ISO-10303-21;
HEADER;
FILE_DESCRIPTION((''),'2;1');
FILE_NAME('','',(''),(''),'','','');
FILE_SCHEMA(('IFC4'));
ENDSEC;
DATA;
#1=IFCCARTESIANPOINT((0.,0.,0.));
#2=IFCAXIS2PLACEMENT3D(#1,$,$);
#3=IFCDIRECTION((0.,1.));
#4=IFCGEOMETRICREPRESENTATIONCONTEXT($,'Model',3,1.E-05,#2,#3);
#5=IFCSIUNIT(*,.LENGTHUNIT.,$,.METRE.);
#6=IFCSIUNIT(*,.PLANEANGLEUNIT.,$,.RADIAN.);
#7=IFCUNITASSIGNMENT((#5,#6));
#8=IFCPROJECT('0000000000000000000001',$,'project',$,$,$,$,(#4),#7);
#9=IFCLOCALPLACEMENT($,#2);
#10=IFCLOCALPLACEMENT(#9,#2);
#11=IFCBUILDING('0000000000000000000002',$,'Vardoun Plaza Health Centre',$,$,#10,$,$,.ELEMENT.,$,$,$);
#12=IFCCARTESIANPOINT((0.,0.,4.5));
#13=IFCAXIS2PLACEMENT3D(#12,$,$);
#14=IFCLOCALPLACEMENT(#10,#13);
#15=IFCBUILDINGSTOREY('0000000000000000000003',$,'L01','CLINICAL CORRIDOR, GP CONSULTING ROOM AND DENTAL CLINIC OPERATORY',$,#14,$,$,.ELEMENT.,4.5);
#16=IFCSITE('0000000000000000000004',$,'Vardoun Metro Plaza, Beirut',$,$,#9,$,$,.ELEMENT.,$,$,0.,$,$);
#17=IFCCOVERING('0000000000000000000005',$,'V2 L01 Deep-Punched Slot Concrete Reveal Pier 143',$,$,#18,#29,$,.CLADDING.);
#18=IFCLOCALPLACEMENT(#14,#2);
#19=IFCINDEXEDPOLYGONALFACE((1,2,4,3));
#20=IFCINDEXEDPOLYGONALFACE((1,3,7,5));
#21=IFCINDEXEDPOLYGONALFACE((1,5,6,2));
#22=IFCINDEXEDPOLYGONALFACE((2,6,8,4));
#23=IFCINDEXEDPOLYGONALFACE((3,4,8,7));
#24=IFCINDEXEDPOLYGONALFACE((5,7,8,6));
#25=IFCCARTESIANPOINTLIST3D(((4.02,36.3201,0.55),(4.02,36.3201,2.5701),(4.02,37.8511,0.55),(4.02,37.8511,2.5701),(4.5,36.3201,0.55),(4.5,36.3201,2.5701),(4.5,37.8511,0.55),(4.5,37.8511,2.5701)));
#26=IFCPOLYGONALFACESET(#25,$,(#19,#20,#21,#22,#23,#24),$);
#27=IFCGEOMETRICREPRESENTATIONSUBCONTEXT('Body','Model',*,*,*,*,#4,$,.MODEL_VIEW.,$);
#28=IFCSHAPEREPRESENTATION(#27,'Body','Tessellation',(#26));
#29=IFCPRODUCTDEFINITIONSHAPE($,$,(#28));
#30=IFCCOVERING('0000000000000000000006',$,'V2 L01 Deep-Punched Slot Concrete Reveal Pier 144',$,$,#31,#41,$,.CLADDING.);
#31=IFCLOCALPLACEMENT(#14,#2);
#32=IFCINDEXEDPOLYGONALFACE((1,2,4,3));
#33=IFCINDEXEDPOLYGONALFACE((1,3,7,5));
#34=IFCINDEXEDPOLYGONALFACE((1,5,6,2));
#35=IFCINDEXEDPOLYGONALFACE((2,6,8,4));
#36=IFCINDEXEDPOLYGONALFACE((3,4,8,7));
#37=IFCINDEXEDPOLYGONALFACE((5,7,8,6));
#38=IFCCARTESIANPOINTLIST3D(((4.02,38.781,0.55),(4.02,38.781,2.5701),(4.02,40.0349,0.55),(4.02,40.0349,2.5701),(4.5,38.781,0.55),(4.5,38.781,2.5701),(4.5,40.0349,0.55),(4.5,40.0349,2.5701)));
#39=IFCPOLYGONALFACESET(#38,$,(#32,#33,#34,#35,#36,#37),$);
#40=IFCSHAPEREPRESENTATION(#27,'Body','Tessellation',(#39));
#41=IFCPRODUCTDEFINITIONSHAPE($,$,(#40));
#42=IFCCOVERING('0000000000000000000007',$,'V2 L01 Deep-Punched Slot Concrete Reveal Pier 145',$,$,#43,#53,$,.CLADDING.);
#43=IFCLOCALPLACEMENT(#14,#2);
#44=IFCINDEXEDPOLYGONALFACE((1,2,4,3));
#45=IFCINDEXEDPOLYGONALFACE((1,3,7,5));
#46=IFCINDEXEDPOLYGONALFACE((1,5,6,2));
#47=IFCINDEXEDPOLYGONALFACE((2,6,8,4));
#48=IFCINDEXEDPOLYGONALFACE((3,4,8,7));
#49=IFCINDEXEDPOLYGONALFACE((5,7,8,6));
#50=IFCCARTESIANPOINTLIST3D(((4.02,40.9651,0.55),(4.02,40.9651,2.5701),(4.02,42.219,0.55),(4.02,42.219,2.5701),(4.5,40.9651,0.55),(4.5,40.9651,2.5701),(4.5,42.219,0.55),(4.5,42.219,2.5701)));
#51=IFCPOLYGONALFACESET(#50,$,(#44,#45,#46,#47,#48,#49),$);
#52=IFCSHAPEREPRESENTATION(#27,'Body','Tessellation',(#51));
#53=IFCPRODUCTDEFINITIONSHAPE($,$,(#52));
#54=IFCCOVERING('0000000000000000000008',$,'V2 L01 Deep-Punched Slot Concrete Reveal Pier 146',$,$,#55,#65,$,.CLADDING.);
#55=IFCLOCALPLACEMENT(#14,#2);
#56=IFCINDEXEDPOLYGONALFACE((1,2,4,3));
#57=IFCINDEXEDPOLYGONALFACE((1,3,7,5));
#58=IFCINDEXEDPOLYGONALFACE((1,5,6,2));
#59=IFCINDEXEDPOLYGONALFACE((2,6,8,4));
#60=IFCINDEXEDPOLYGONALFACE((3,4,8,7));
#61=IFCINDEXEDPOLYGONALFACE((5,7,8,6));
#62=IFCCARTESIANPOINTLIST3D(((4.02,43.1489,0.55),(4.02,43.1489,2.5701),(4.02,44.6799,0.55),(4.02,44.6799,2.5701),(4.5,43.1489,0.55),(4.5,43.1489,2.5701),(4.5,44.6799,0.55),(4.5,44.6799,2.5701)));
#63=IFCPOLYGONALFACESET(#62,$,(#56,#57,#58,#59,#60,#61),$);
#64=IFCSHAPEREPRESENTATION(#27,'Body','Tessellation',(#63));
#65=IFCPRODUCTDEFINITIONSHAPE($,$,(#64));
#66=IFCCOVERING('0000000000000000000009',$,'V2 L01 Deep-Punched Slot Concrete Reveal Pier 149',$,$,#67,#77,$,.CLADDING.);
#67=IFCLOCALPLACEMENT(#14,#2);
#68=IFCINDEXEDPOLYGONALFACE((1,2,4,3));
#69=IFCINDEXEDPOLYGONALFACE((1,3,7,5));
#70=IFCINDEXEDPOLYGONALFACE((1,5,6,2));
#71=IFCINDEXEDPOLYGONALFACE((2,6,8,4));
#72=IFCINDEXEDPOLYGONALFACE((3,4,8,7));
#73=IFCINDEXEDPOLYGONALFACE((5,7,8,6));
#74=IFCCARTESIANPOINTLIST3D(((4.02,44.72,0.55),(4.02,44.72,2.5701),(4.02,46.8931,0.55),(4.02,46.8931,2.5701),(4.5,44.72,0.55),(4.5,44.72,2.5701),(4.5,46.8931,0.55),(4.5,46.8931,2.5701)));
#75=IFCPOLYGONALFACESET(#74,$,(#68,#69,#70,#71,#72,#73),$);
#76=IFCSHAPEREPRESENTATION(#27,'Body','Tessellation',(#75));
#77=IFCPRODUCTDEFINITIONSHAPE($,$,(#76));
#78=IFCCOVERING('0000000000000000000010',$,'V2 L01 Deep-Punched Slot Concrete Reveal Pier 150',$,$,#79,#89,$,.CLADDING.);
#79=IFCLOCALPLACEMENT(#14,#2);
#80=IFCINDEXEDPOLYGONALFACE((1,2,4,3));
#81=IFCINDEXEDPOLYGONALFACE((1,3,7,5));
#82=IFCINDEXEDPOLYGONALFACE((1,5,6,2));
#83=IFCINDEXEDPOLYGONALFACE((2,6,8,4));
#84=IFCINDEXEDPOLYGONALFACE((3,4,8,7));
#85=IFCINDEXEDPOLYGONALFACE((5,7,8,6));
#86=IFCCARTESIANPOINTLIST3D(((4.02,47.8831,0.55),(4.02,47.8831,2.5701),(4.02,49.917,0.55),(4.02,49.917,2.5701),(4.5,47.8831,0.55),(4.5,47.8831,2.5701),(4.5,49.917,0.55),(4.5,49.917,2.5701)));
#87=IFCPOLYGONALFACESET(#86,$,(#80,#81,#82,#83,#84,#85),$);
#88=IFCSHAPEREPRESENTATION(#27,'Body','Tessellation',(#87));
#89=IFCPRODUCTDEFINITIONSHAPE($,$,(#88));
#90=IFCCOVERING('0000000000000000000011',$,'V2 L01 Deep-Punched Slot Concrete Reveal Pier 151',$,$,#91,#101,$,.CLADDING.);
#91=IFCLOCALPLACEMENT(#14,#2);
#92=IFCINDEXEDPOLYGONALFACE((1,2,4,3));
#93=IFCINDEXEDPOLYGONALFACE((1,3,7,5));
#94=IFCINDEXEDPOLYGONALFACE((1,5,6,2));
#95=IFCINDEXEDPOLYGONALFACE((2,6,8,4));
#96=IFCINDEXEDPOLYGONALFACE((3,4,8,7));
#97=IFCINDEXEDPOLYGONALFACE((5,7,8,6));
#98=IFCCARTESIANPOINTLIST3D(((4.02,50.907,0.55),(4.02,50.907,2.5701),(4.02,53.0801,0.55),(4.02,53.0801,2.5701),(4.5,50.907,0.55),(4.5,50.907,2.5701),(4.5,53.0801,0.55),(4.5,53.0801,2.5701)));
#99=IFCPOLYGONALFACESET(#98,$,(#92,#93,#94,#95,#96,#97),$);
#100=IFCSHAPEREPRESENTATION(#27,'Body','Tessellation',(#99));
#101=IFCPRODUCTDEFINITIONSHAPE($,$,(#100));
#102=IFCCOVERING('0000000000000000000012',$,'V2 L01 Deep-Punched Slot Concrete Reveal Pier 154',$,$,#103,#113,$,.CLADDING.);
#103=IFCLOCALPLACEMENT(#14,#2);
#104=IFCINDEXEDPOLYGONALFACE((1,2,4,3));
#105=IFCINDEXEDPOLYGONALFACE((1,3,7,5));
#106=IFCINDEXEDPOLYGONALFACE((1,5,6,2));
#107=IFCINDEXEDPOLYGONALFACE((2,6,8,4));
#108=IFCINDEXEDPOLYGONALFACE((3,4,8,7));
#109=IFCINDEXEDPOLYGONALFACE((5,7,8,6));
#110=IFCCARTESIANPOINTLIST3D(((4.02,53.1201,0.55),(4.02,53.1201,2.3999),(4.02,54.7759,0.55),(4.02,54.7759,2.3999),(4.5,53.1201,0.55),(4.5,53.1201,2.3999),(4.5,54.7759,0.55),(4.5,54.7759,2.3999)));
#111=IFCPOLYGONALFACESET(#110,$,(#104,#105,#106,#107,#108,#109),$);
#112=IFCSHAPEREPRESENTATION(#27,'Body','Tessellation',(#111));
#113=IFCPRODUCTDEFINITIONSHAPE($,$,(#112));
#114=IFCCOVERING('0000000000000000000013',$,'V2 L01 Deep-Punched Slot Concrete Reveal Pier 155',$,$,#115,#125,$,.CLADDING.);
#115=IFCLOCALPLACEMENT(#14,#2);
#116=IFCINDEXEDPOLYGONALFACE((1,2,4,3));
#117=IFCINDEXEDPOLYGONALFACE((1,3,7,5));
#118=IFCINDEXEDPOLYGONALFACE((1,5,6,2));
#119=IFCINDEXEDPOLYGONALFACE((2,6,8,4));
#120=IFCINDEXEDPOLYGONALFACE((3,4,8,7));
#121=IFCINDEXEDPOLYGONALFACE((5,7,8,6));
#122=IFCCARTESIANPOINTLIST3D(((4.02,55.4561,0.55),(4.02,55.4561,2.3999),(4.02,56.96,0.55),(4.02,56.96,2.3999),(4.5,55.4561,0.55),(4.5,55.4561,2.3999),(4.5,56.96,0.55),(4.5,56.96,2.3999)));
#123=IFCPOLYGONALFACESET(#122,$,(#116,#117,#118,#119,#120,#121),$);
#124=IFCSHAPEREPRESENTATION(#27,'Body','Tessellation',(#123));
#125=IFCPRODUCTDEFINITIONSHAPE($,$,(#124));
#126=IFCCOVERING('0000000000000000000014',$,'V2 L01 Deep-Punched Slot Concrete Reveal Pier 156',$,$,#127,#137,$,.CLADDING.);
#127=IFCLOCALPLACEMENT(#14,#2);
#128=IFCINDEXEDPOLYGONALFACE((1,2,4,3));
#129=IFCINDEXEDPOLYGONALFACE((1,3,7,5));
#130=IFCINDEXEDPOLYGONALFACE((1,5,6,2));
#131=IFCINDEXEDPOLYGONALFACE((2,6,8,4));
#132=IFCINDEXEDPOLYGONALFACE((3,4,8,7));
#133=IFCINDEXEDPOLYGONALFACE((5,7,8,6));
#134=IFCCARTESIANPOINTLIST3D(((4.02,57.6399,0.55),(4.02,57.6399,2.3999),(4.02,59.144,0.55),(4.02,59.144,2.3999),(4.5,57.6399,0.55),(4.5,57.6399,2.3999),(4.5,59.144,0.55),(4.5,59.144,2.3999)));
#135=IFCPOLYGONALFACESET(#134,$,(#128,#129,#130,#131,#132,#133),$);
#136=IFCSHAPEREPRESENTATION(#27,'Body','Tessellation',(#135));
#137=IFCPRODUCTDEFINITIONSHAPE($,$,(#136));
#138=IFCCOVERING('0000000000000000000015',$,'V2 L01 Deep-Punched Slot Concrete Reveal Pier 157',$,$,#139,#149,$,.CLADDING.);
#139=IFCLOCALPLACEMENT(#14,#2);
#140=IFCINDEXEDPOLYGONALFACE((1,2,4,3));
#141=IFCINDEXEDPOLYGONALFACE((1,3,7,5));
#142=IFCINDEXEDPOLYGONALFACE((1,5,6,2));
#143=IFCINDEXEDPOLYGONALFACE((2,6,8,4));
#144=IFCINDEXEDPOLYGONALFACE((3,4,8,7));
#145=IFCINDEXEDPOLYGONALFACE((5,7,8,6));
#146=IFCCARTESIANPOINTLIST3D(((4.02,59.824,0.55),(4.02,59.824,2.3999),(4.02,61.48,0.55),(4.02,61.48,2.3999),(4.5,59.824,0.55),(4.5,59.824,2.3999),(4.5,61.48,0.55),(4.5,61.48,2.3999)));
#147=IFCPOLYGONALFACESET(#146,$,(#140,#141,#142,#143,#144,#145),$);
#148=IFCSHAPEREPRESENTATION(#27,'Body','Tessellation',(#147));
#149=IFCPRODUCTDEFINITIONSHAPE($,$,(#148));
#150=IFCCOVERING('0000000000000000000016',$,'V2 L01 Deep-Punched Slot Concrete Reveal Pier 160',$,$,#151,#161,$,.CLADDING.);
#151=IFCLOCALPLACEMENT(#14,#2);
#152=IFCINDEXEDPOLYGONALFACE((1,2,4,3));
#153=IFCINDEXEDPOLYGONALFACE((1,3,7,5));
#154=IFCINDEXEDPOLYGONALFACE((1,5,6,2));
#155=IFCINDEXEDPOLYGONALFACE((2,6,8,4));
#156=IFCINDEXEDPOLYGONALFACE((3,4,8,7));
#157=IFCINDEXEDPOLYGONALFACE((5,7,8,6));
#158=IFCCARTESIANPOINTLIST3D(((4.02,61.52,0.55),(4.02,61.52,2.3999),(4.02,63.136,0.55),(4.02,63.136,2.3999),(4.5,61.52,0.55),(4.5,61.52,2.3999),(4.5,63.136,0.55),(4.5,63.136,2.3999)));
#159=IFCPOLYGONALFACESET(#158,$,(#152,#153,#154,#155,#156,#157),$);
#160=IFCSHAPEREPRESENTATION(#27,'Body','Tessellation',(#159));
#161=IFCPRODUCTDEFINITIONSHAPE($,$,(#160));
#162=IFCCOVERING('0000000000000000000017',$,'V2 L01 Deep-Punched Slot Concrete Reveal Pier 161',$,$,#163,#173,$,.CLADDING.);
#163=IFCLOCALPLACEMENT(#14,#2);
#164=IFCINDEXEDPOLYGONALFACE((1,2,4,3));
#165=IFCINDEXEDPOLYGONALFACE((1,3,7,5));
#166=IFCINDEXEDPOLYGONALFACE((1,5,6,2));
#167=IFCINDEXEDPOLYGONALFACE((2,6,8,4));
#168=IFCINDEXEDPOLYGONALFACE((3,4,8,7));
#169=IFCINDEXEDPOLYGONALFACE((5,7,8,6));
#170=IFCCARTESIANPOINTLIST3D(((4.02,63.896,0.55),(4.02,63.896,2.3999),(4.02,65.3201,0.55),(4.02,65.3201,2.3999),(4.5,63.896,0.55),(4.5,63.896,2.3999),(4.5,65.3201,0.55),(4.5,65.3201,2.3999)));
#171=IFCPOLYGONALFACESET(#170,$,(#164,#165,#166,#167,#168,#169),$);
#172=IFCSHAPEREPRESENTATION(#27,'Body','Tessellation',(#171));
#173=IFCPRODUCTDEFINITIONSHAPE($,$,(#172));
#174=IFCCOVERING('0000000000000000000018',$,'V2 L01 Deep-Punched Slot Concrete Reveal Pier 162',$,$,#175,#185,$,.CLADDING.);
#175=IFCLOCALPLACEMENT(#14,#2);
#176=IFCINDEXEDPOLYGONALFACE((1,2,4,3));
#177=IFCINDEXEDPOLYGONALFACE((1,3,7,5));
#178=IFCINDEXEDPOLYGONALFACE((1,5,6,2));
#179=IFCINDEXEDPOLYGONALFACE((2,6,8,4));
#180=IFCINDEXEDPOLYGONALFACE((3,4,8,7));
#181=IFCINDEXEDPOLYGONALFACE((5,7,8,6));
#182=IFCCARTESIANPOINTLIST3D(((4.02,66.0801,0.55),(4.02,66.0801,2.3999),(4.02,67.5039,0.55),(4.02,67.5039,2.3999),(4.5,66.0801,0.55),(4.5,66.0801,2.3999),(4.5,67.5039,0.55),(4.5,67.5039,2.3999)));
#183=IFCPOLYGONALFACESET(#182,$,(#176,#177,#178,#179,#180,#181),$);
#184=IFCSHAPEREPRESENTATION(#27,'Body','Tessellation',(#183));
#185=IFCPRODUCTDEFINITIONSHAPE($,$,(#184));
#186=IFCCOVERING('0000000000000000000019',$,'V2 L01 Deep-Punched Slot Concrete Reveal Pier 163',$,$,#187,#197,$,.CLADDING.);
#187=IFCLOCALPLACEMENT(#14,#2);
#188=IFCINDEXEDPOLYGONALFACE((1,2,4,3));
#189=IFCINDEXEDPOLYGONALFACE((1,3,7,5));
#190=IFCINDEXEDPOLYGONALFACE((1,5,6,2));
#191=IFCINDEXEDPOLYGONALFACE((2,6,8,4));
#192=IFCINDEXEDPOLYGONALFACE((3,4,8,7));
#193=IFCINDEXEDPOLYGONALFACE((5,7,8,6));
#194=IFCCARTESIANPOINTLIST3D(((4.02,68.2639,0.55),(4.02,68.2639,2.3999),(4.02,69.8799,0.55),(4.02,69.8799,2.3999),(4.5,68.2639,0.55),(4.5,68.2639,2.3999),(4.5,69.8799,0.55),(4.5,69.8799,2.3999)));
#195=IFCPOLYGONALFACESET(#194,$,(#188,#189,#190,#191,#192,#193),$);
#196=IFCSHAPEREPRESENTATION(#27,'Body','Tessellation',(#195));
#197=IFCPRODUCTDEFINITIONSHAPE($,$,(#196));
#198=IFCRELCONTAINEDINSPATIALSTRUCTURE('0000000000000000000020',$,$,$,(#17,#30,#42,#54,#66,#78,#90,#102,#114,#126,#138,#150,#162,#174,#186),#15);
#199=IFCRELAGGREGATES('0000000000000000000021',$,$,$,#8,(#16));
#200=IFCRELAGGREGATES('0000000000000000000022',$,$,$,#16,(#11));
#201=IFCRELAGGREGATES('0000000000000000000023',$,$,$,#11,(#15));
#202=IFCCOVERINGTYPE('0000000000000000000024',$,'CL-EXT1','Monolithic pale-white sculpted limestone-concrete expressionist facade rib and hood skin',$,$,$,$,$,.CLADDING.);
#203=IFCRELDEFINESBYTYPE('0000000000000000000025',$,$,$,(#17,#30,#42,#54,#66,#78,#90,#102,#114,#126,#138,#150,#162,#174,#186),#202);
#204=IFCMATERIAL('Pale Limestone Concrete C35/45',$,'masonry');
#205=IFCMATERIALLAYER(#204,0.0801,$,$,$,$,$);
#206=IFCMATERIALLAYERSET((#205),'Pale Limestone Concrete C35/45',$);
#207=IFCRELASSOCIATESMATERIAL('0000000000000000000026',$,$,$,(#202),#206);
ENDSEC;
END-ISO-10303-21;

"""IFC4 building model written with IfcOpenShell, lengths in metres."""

from ifc_helpers import new_model, si_unit, direction, frame, origin, place, context, subcontext, project, spatial, polyline, outline, extrude, material, layer, layer_set, type_object, element, save


model = new_model("IFC4")

# Units and contexts
model_context = context("Model", 3, precision=1e-05, world=origin(), true_north=direction((0.0, 1.0)))
body_context = subcontext(model_context, "Body", "Model", "MODEL_VIEW")
ifc_project = project(units=[si_unit("LENGTHUNIT", "METRE"), si_unit("PLANEANGLEUNIT", "RADIAN")], contexts=[model_context])

# Site, building, storey
site_placement = place(None, origin())
site = spatial("IfcSite", under=ifc_project, at=site_placement, Name="Vardoun Metro Plaza, Beirut", CompositionType="ELEMENT", RefElevation=0.0)
building_placement = place(site_placement, origin())
building = spatial("IfcBuilding", under=site, at=building_placement, Name="Vardoun Plaza Health Centre", CompositionType="ELEMENT")
storey_placement = place(building_placement, frame((0.0, 0.0, 4.5)))
storey = spatial("IfcBuildingStorey", under=building, at=storey_placement, Name="L01", Description="CLINICAL CORRIDOR, GP CONSULTING ROOM AND DENTAL CLINIC OPERATORY", CompositionType="ELEMENT", Elevation=4.5)

# Coverings
ifc_material = material(Name="Pale Limestone Concrete C35/45", Category="masonry")
ifc_layer = layer(ifc_material, 0.0801)
ifc_layer_set = layer_set([ifc_layer], Name="Pale Limestone Concrete C35/45")
covering_type = type_object("IfcCoveringType", Name="CL-EXT1", Description="Monolithic pale-white sculpted limestone-concrete expressionist facade rib and hood skin", PredefinedType="CLADDING", material=ifc_layer_set)
covering_1_placement = place(storey_placement, frame((0.0, 0.0, 0.55)))
element("IfcCovering", 1, at=covering_1_placement, inside=storey, type_object=covering_type, Name="V2 L01 Deep-Punched Slot Concrete Reveal Pier 143", PredefinedType="CLADDING", context=body_context, shape_type="SweptSolid", body=[
    extrude(outline(polyline([(4.5, 36.3201), (4.5, 37.8511), (4.02, 37.8511), (4.02, 36.3201), (4.5, 36.3201)])), origin(), (0.0, 0.0, 1.0), 2.02),
])
covering_2_placement = place(storey_placement, frame((0.0, 0.0, 0.55)))
element("IfcCovering", 2, at=covering_2_placement, inside=storey, type_object=covering_type, Name="V2 L01 Deep-Punched Slot Concrete Reveal Pier 144", PredefinedType="CLADDING", context=body_context, shape_type="SweptSolid", body=[
    extrude(outline(polyline([(4.5, 38.781), (4.5, 40.0349), (4.02, 40.0349), (4.02, 38.781), (4.5, 38.781)])), origin(), (0.0, 0.0, 1.0), 2.02),
])
covering_3_placement = place(storey_placement, frame((0.0, 0.0, 0.55)))
element("IfcCovering", 3, at=covering_3_placement, inside=storey, type_object=covering_type, Name="V2 L01 Deep-Punched Slot Concrete Reveal Pier 145", PredefinedType="CLADDING", context=body_context, shape_type="SweptSolid", body=[
    extrude(outline(polyline([(4.5, 40.9651), (4.5, 42.219), (4.02, 42.219), (4.02, 40.9651), (4.5, 40.9651)])), origin(), (0.0, 0.0, 1.0), 2.02),
])
covering_4_placement = place(storey_placement, frame((0.0, 0.0, 0.55)))
element("IfcCovering", 4, at=covering_4_placement, inside=storey, type_object=covering_type, Name="V2 L01 Deep-Punched Slot Concrete Reveal Pier 146", PredefinedType="CLADDING", context=body_context, shape_type="SweptSolid", body=[
    extrude(outline(polyline([(4.5, 43.1489), (4.5, 44.6799), (4.02, 44.6799), (4.02, 43.1489), (4.5, 43.1489)])), origin(), (0.0, 0.0, 1.0), 2.02),
])
covering_5_placement = place(storey_placement, frame((0.0, 0.0, 0.55)))
element("IfcCovering", 5, at=covering_5_placement, inside=storey, type_object=covering_type, Name="V2 L01 Deep-Punched Slot Concrete Reveal Pier 149", PredefinedType="CLADDING", context=body_context, shape_type="SweptSolid", body=[
    extrude(outline(polyline([(4.5, 44.72), (4.5, 46.8931), (4.02, 46.8931), (4.02, 44.72), (4.5, 44.72)])), origin(), (0.0, 0.0, 1.0), 2.02),
])
covering_6_placement = place(storey_placement, frame((0.0, 0.0, 0.55)))
element("IfcCovering", 6, at=covering_6_placement, inside=storey, type_object=covering_type, Name="V2 L01 Deep-Punched Slot Concrete Reveal Pier 150", PredefinedType="CLADDING", context=body_context, shape_type="SweptSolid", body=[
    extrude(outline(polyline([(4.5, 47.8831), (4.5, 49.917), (4.02, 49.917), (4.02, 47.8831), (4.5, 47.8831)])), origin(), (0.0, 0.0, 1.0), 2.02),
])
covering_7_placement = place(storey_placement, frame((0.0, 0.0, 0.55)))
element("IfcCovering", 7, at=covering_7_placement, inside=storey, type_object=covering_type, Name="V2 L01 Deep-Punched Slot Concrete Reveal Pier 151", PredefinedType="CLADDING", context=body_context, shape_type="SweptSolid", body=[
    extrude(outline(polyline([(4.5, 50.907), (4.5, 53.0801), (4.02, 53.0801), (4.02, 50.907), (4.5, 50.907)])), origin(), (0.0, 0.0, 1.0), 2.02),
])
covering_8_placement = place(storey_placement, frame((0.0, 0.0, 0.55)))
element("IfcCovering", 8, at=covering_8_placement, inside=storey, type_object=covering_type, Name="V2 L01 Deep-Punched Slot Concrete Reveal Pier 154", PredefinedType="CLADDING", context=body_context, shape_type="SweptSolid", body=[
    extrude(outline(polyline([(4.5, 53.1201), (4.5, 54.7759), (4.02, 54.7759), (4.02, 53.1201), (4.5, 53.1201)])), origin(), (0.0, 0.0, 1.0), 1.8499),
])
covering_9_placement = place(storey_placement, frame((0.0, 0.0, 0.55)))
element("IfcCovering", 9, at=covering_9_placement, inside=storey, type_object=covering_type, Name="V2 L01 Deep-Punched Slot Concrete Reveal Pier 155", PredefinedType="CLADDING", context=body_context, shape_type="SweptSolid", body=[
    extrude(outline(polyline([(4.5, 55.4561), (4.5, 56.96), (4.02, 56.96), (4.02, 55.4561), (4.5, 55.4561)])), origin(), (0.0, 0.0, 1.0), 1.8499),
])
covering_10_placement = place(storey_placement, frame((0.0, 0.0, 0.55)))
element("IfcCovering", 10, at=covering_10_placement, inside=storey, type_object=covering_type, Name="V2 L01 Deep-Punched Slot Concrete Reveal Pier 156", PredefinedType="CLADDING", context=body_context, shape_type="SweptSolid", body=[
    extrude(outline(polyline([(4.5, 57.6399), (4.5, 59.144), (4.02, 59.144), (4.02, 57.6399), (4.5, 57.6399)])), origin(), (0.0, 0.0, 1.0), 1.8499),
])
covering_11_placement = place(storey_placement, frame((0.0, 0.0, 0.55)))
element("IfcCovering", 11, at=covering_11_placement, inside=storey, type_object=covering_type, Name="V2 L01 Deep-Punched Slot Concrete Reveal Pier 157", PredefinedType="CLADDING", context=body_context, shape_type="SweptSolid", body=[
    extrude(outline(polyline([(4.5, 59.824), (4.5, 61.48), (4.02, 61.48), (4.02, 59.824), (4.5, 59.824)])), origin(), (0.0, 0.0, 1.0), 1.8499),
])
covering_12_placement = place(storey_placement, frame((0.0, 0.0, 0.55)))
element("IfcCovering", 12, at=covering_12_placement, inside=storey, type_object=covering_type, Name="V2 L01 Deep-Punched Slot Concrete Reveal Pier 160", PredefinedType="CLADDING", context=body_context, shape_type="SweptSolid", body=[
    extrude(outline(polyline([(4.5, 61.52), (4.5, 63.136), (4.02, 63.136), (4.02, 61.52), (4.5, 61.52)])), origin(), (0.0, 0.0, 1.0), 1.8499),
])
covering_13_placement = place(storey_placement, frame((0.0, 0.0, 0.55)))
element("IfcCovering", 13, at=covering_13_placement, inside=storey, type_object=covering_type, Name="V2 L01 Deep-Punched Slot Concrete Reveal Pier 161", PredefinedType="CLADDING", context=body_context, shape_type="SweptSolid", body=[
    extrude(outline(polyline([(4.5, 63.896), (4.5, 65.3201), (4.02, 65.3201), (4.02, 63.896), (4.5, 63.896)])), origin(), (0.0, 0.0, 1.0), 1.8499),
])
covering_14_placement = place(storey_placement, frame((0.0, 0.0, 0.55)))
element("IfcCovering", 14, at=covering_14_placement, inside=storey, type_object=covering_type, Name="V2 L01 Deep-Punched Slot Concrete Reveal Pier 162", PredefinedType="CLADDING", context=body_context, shape_type="SweptSolid", body=[
    extrude(outline(polyline([(4.5, 66.0801), (4.5, 67.5039), (4.02, 67.5039), (4.02, 66.0801), (4.5, 66.0801)])), origin(), (0.0, 0.0, 1.0), 1.8499),
])
covering_15_placement = place(storey_placement, frame((0.0, 0.0, 0.55)))
element("IfcCovering", 15, at=covering_15_placement, inside=storey, type_object=covering_type, Name="V2 L01 Deep-Punched Slot Concrete Reveal Pier 163", PredefinedType="CLADDING", context=body_context, shape_type="SweptSolid", body=[
    extrude(outline(polyline([(4.5, 68.2639), (4.5, 69.8799), (4.02, 69.8799), (4.02, 68.2639), (4.5, 68.2639)])), origin(), (0.0, 0.0, 1.0), 1.8499),
])

save(model, "model.ifc")
